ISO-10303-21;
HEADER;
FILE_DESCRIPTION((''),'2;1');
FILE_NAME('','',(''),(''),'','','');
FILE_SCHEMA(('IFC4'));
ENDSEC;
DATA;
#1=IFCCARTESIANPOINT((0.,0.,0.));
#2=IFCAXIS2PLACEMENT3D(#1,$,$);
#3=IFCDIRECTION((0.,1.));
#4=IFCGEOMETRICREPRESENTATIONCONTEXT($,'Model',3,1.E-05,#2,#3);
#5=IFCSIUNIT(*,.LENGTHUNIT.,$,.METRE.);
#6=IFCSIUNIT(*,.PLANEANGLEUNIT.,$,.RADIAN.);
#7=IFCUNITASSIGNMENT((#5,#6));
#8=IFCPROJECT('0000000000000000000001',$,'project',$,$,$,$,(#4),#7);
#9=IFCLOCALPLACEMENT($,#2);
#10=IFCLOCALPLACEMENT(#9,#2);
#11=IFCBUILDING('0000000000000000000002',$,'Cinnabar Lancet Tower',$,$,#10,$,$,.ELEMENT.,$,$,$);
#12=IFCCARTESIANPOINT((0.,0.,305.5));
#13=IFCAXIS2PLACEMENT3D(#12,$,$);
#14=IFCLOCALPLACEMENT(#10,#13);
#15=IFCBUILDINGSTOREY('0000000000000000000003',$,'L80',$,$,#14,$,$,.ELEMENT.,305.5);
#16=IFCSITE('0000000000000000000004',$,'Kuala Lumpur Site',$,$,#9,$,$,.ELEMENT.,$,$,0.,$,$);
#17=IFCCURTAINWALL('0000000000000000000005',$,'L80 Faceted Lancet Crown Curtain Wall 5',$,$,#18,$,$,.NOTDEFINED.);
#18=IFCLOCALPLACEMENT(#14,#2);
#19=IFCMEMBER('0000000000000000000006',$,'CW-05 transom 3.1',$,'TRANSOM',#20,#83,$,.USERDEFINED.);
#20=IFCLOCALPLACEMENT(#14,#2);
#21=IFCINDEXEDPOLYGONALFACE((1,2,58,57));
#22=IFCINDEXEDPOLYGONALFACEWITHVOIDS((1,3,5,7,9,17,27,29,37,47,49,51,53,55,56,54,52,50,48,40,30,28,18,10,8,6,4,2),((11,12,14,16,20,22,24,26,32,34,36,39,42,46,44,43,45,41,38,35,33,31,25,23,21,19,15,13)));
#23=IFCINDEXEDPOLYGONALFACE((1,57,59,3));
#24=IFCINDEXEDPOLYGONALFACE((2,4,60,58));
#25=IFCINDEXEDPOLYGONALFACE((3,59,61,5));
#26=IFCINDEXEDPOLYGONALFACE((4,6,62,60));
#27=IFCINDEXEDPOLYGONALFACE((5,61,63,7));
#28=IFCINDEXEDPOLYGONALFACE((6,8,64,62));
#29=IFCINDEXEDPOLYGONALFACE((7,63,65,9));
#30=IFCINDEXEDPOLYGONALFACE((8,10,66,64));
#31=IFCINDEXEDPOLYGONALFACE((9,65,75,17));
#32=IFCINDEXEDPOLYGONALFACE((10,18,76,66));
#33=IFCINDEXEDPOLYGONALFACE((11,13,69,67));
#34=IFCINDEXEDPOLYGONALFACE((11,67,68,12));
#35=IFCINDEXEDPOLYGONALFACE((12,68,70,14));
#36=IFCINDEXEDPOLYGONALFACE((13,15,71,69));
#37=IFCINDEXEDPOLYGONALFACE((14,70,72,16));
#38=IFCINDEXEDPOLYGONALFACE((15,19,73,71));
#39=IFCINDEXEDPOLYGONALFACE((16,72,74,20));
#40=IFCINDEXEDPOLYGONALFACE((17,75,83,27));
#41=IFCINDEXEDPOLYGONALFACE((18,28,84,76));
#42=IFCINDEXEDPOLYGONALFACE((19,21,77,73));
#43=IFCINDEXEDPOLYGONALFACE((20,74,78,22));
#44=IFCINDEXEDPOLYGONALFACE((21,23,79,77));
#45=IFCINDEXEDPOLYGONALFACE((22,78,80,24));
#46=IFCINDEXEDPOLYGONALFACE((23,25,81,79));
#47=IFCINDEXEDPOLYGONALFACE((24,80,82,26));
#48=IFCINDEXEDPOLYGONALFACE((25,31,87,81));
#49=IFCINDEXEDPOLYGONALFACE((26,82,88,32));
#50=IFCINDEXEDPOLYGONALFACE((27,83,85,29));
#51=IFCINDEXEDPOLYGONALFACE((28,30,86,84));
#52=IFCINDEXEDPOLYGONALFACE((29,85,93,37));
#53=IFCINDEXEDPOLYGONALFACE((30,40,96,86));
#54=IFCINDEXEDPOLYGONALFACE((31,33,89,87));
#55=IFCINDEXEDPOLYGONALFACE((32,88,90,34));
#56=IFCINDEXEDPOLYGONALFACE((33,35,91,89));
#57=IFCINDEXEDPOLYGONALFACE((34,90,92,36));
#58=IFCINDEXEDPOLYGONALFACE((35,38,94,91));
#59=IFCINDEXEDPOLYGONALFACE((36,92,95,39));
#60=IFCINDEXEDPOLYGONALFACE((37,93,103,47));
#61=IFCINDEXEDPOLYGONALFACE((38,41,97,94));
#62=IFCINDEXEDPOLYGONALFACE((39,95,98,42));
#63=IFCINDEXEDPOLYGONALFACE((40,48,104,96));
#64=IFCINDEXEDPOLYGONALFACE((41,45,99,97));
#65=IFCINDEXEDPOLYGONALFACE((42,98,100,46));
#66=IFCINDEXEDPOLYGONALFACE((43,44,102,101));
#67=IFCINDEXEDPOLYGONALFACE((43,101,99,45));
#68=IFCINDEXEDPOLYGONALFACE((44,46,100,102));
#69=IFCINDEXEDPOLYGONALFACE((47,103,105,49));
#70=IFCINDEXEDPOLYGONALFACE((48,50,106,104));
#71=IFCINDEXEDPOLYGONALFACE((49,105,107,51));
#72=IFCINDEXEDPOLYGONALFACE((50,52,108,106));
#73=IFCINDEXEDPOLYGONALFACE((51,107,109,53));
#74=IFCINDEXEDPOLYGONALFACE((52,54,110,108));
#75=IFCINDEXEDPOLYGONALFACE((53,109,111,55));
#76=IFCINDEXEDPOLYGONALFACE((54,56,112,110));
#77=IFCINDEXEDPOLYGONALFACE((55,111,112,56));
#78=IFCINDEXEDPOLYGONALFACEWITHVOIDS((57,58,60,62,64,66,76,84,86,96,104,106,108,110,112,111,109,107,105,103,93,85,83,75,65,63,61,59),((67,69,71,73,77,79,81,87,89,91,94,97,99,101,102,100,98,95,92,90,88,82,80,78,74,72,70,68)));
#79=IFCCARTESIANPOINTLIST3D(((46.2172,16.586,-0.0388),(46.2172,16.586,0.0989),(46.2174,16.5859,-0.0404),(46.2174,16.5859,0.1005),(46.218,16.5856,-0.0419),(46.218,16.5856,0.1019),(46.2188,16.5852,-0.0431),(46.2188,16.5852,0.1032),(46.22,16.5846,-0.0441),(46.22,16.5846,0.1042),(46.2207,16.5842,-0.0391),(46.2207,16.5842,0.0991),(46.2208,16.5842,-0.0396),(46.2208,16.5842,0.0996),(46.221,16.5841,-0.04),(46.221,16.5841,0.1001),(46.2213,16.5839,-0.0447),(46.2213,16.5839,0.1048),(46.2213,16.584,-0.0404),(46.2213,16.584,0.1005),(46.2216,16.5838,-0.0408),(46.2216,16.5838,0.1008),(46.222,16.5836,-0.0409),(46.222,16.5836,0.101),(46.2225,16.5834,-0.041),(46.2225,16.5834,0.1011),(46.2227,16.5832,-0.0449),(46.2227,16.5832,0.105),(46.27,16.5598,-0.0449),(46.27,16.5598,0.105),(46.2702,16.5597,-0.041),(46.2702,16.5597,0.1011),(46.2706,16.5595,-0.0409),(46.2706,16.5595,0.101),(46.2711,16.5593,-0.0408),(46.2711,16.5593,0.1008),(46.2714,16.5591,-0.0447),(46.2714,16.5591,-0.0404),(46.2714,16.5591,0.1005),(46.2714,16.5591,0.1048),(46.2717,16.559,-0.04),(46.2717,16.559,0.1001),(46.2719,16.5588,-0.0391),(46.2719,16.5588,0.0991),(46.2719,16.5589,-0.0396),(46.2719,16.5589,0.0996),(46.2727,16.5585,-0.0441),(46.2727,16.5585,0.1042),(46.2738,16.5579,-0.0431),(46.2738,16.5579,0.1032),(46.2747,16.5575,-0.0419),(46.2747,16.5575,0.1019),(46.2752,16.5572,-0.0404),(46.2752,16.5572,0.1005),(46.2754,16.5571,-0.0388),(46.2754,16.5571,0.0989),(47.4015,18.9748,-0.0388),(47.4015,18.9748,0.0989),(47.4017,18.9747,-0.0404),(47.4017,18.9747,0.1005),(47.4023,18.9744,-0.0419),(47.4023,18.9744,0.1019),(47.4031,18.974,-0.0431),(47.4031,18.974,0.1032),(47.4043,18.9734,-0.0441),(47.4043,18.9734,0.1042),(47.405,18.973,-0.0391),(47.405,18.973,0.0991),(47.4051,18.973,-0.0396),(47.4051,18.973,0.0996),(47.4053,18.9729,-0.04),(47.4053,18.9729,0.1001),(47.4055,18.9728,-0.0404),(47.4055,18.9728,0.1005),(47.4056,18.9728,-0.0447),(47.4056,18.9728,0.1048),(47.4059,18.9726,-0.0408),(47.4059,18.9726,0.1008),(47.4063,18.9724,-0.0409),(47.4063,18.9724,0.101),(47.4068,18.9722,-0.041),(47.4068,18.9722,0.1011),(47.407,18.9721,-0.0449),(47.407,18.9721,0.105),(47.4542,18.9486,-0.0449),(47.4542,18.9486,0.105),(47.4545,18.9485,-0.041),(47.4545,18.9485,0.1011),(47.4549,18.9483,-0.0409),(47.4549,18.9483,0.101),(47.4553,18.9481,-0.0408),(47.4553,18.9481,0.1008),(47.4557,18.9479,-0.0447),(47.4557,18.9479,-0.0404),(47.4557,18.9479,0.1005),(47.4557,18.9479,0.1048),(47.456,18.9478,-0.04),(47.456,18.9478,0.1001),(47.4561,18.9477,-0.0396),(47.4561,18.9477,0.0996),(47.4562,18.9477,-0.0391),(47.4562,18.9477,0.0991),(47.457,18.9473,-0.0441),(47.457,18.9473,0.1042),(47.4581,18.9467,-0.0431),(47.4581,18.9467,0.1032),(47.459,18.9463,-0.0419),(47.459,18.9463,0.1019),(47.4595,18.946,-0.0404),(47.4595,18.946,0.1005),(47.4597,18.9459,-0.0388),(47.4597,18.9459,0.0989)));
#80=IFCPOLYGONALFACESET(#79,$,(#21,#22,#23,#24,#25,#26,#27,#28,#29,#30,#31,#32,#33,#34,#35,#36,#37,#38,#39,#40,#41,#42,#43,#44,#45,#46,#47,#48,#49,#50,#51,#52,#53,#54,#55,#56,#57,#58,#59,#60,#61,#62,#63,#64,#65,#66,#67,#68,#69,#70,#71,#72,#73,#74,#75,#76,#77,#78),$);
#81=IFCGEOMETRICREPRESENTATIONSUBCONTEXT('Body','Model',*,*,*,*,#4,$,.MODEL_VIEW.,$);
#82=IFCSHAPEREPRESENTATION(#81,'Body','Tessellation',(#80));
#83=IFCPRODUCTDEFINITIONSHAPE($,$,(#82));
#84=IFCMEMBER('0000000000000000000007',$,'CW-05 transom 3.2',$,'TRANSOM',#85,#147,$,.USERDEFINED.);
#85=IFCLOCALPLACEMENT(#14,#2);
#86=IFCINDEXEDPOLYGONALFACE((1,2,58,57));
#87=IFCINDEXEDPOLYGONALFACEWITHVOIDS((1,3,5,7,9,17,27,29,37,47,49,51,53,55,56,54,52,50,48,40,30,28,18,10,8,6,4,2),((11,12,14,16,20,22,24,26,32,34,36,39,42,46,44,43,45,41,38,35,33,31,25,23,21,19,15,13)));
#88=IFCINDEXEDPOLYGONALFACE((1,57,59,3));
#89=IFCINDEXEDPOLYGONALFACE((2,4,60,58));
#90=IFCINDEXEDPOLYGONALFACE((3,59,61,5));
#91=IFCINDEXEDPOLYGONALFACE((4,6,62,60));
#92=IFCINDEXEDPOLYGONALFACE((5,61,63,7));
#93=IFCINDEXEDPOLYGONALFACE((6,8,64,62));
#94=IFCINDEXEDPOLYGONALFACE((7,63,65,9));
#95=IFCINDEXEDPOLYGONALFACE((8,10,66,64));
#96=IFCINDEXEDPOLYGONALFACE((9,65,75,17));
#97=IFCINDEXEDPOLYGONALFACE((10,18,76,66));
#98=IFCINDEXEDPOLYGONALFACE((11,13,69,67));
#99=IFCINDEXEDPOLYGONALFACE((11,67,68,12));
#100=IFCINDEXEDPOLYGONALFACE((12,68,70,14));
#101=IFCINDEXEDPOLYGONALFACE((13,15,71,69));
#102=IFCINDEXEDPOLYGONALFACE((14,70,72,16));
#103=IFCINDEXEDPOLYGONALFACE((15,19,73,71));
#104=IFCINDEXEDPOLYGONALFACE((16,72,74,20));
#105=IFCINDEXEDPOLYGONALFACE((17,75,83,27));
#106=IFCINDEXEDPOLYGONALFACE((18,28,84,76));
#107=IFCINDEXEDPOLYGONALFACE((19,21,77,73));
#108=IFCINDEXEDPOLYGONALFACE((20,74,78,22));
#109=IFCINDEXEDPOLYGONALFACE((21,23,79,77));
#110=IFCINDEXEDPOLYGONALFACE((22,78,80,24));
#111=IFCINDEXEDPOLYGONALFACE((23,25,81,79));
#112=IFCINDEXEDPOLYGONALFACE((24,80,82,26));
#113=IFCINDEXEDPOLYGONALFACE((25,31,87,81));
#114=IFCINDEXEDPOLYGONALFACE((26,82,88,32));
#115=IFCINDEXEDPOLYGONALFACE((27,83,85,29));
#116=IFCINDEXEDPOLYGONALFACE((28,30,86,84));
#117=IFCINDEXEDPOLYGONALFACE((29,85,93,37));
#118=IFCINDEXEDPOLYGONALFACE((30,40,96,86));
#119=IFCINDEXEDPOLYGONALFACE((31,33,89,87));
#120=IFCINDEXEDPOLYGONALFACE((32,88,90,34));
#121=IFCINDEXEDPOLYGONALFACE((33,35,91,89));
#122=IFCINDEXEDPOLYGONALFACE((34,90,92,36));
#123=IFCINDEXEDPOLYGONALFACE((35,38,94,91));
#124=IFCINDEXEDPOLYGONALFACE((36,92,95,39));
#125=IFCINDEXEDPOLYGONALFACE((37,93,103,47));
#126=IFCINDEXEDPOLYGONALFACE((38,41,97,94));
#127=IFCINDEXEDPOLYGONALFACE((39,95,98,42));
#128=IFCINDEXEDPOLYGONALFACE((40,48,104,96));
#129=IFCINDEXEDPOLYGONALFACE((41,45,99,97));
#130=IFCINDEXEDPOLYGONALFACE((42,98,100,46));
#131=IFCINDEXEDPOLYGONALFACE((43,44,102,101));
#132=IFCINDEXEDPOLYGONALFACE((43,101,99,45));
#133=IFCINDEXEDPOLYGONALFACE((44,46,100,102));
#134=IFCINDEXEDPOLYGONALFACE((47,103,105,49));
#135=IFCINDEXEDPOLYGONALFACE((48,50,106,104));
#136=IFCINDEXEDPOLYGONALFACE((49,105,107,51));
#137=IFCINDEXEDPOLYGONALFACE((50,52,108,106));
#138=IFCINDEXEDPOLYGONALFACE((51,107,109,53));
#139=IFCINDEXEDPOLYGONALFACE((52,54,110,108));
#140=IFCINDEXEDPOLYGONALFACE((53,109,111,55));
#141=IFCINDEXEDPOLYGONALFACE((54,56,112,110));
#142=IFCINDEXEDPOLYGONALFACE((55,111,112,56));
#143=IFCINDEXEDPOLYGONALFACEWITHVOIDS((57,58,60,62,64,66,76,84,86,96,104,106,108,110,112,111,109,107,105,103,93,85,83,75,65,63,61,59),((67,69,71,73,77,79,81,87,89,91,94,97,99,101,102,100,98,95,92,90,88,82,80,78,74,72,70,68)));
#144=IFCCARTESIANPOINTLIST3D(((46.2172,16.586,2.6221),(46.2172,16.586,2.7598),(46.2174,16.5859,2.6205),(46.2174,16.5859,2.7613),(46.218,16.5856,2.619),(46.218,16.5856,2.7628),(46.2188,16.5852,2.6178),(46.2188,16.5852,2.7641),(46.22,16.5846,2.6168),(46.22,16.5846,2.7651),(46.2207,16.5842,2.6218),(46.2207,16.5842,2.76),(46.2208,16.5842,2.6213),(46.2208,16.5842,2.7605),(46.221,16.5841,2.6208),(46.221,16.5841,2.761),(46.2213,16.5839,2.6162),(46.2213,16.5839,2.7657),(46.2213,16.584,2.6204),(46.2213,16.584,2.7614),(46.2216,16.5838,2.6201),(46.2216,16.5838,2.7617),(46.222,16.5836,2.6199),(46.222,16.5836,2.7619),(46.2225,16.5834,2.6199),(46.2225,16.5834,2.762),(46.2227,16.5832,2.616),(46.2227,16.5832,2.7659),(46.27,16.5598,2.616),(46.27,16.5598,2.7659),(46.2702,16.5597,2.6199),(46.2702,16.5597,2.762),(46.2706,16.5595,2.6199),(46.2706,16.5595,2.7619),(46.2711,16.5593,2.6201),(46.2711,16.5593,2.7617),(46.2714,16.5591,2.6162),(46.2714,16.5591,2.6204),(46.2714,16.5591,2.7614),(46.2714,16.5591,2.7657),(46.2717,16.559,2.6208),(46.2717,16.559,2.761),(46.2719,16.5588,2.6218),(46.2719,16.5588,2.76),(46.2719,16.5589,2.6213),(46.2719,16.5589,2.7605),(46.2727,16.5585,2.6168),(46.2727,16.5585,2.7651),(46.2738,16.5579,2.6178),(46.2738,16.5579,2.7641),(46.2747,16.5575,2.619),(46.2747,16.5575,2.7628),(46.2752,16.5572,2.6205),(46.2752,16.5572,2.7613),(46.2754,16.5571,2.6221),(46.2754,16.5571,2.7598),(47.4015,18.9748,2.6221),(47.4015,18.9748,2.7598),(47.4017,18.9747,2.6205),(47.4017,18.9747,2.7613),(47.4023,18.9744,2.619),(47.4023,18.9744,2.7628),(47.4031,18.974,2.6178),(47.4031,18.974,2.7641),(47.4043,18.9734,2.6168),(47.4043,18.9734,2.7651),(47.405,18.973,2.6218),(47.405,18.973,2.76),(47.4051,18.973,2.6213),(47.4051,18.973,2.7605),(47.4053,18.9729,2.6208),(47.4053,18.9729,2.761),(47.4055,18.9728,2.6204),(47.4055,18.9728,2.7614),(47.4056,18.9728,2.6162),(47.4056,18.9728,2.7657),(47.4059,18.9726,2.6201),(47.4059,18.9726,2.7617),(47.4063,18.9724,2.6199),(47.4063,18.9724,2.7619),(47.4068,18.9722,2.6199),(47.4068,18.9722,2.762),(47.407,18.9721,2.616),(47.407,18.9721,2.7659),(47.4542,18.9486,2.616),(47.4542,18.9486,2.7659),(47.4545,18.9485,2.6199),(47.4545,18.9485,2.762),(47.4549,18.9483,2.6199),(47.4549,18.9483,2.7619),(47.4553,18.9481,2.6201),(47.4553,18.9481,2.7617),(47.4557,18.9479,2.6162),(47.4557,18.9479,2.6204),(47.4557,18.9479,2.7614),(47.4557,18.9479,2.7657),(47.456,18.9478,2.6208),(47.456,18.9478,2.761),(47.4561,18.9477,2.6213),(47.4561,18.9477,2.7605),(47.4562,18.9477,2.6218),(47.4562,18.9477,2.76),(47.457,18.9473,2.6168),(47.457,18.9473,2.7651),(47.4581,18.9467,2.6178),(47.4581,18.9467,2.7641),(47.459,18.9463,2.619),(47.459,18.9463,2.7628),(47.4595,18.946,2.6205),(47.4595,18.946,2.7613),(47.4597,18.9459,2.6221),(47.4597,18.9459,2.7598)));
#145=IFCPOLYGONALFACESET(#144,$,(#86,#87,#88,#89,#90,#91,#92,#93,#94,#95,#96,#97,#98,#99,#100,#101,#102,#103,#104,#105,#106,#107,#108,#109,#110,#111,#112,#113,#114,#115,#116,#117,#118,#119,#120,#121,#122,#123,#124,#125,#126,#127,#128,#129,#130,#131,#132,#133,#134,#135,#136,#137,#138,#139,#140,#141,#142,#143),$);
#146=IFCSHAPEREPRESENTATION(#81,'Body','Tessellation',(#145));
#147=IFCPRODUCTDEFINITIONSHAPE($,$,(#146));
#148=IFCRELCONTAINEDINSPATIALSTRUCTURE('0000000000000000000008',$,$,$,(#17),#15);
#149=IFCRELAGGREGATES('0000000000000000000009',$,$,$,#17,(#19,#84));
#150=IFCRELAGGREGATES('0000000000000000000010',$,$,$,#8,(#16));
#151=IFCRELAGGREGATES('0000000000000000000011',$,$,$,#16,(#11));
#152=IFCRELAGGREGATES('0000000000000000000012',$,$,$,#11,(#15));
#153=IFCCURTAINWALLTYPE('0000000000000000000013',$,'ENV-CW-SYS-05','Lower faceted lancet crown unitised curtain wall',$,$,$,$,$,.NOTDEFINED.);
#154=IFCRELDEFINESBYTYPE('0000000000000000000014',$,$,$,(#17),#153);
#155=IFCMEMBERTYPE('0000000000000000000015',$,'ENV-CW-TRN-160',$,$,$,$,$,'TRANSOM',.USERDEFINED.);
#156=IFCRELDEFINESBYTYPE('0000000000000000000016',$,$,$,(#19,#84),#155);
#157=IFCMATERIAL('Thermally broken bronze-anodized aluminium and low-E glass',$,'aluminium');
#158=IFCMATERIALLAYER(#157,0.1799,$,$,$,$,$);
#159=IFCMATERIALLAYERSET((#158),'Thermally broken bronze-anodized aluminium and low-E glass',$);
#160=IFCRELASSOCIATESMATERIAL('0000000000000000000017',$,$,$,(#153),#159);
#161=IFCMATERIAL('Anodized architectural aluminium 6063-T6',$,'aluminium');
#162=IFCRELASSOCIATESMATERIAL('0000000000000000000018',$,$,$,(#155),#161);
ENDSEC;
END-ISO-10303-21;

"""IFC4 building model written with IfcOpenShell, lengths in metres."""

from ifc_helpers import new_model, si_unit, direction, frame, origin, origin_2d, place, context, subcontext, project, spatial, hollow_rectangle, extrude, material, layer, layer_set, material_profile, profile_set, type_object, element, aggregate, save


model = new_model("IFC4")

# Units and contexts
model_context = context("Model", 3, precision=1e-05, world=origin(), true_north=direction((0.0, 1.0)))
body_context = subcontext(model_context, "Body", "Model", "MODEL_VIEW")
ifc_project = project(units=[si_unit("LENGTHUNIT", "METRE"), si_unit("PLANEANGLEUNIT", "RADIAN")], contexts=[model_context])

# Site, building, storey
site_placement = place(None, origin())
site = spatial("IfcSite", under=ifc_project, at=site_placement, Name="Kuala Lumpur Site", CompositionType="ELEMENT", RefElevation=0.0)
building_placement = place(site_placement, origin())
building = spatial("IfcBuilding", under=site, at=building_placement, Name="Cinnabar Lancet Tower", CompositionType="ELEMENT")
storey_placement = place(building_placement, frame((0.0, 0.0, 305.5)))
storey = spatial("IfcBuildingStorey", under=building, at=storey_placement, Name="L80", CompositionType="ELEMENT", Elevation=305.5)

# Curtain wall, members
ifc_material_1 = material(Name="Thermally broken bronze-anodized aluminium and low-E glass", Category="aluminium")
ifc_layer_1 = layer(ifc_material_1, 0.1799)
ifc_layer_set_1 = layer_set([ifc_layer_1], Name="Thermally broken bronze-anodized aluminium and low-E glass")
curtain_wall_type = type_object("IfcCurtainWallType", Name="ENV-CW-SYS-05", Description="Lower faceted lancet crown unitised curtain wall", PredefinedType="NOTDEFINED", material=ifc_layer_set_1)
curtain_wall_placement = place(storey_placement, origin())
curtain_wall = element("IfcCurtainWall", 1, at=curtain_wall_placement, inside=storey, type_object=curtain_wall_type, Name="L80 Faceted Lancet Crown Curtain Wall 5", PredefinedType="NOTDEFINED")
ifc_material_2 = material(Name="Anodized architectural aluminium 6063-T6", Category="aluminium")
ifc_material_profile_1 = material_profile(ifc_material_2, hollow_rectangle(XDim=0.0649, YDim=0.1499, WallThickness=0.0039, InnerFilletRadius=0.002, OuterFilletRadius=0.0061, at=origin_2d()), Name="CW-TRN 150x65x4")
ifc_profile_set_1 = profile_set([ifc_material_profile_1], Name="Anodized architectural aluminium 6063-T6")
member_type_1 = type_object("IfcMemberType", Name="ENV-CW-TRN-160", ElementType="TRANSOM", PredefinedType="USERDEFINED", material=ifc_profile_set_1)
member_1_placement = place(storey_placement, frame((46.2463, 16.5715, 0.03), z_axis=(0.444171, 0.895942, 0.0), x_axis=(-0.895942, 0.444171, 0.0)))
member_1 = element("IfcMember", 2, at=member_1_placement, type_object=member_type_1, Name="CW-05 transom 3.1", ObjectType="TRANSOM", PredefinedType="USERDEFINED", context=body_context, shape_type="SweptSolid", body=[
    extrude(hollow_rectangle(XDim=0.0649, YDim=0.1499, WallThickness=0.0039, InnerFilletRadius=0.002, OuterFilletRadius=0.0061, at=origin_2d()), origin(), (0.0, 0.0, 1.0), 2.6663),
])
member_2_placement = place(storey_placement, frame((46.2463, 16.5715, 2.6909), z_axis=(0.444171, 0.895942, 0.0), x_axis=(-0.895942, 0.444171, 0.0)))
member_2 = element("IfcMember", 3, at=member_2_placement, type_object=member_type_1, Name="CW-05 transom 3.2", ObjectType="TRANSOM", PredefinedType="USERDEFINED", context=body_context, shape_type="SweptSolid", body=[
    extrude(hollow_rectangle(XDim=0.0649, YDim=0.1499, WallThickness=0.0039, InnerFilletRadius=0.002, OuterFilletRadius=0.0061, at=origin_2d()), origin(), (0.0, 0.0, 1.0), 2.6663),
])
aggregate(curtain_wall, [member_1, member_2])

save(model, "model.ifc")
